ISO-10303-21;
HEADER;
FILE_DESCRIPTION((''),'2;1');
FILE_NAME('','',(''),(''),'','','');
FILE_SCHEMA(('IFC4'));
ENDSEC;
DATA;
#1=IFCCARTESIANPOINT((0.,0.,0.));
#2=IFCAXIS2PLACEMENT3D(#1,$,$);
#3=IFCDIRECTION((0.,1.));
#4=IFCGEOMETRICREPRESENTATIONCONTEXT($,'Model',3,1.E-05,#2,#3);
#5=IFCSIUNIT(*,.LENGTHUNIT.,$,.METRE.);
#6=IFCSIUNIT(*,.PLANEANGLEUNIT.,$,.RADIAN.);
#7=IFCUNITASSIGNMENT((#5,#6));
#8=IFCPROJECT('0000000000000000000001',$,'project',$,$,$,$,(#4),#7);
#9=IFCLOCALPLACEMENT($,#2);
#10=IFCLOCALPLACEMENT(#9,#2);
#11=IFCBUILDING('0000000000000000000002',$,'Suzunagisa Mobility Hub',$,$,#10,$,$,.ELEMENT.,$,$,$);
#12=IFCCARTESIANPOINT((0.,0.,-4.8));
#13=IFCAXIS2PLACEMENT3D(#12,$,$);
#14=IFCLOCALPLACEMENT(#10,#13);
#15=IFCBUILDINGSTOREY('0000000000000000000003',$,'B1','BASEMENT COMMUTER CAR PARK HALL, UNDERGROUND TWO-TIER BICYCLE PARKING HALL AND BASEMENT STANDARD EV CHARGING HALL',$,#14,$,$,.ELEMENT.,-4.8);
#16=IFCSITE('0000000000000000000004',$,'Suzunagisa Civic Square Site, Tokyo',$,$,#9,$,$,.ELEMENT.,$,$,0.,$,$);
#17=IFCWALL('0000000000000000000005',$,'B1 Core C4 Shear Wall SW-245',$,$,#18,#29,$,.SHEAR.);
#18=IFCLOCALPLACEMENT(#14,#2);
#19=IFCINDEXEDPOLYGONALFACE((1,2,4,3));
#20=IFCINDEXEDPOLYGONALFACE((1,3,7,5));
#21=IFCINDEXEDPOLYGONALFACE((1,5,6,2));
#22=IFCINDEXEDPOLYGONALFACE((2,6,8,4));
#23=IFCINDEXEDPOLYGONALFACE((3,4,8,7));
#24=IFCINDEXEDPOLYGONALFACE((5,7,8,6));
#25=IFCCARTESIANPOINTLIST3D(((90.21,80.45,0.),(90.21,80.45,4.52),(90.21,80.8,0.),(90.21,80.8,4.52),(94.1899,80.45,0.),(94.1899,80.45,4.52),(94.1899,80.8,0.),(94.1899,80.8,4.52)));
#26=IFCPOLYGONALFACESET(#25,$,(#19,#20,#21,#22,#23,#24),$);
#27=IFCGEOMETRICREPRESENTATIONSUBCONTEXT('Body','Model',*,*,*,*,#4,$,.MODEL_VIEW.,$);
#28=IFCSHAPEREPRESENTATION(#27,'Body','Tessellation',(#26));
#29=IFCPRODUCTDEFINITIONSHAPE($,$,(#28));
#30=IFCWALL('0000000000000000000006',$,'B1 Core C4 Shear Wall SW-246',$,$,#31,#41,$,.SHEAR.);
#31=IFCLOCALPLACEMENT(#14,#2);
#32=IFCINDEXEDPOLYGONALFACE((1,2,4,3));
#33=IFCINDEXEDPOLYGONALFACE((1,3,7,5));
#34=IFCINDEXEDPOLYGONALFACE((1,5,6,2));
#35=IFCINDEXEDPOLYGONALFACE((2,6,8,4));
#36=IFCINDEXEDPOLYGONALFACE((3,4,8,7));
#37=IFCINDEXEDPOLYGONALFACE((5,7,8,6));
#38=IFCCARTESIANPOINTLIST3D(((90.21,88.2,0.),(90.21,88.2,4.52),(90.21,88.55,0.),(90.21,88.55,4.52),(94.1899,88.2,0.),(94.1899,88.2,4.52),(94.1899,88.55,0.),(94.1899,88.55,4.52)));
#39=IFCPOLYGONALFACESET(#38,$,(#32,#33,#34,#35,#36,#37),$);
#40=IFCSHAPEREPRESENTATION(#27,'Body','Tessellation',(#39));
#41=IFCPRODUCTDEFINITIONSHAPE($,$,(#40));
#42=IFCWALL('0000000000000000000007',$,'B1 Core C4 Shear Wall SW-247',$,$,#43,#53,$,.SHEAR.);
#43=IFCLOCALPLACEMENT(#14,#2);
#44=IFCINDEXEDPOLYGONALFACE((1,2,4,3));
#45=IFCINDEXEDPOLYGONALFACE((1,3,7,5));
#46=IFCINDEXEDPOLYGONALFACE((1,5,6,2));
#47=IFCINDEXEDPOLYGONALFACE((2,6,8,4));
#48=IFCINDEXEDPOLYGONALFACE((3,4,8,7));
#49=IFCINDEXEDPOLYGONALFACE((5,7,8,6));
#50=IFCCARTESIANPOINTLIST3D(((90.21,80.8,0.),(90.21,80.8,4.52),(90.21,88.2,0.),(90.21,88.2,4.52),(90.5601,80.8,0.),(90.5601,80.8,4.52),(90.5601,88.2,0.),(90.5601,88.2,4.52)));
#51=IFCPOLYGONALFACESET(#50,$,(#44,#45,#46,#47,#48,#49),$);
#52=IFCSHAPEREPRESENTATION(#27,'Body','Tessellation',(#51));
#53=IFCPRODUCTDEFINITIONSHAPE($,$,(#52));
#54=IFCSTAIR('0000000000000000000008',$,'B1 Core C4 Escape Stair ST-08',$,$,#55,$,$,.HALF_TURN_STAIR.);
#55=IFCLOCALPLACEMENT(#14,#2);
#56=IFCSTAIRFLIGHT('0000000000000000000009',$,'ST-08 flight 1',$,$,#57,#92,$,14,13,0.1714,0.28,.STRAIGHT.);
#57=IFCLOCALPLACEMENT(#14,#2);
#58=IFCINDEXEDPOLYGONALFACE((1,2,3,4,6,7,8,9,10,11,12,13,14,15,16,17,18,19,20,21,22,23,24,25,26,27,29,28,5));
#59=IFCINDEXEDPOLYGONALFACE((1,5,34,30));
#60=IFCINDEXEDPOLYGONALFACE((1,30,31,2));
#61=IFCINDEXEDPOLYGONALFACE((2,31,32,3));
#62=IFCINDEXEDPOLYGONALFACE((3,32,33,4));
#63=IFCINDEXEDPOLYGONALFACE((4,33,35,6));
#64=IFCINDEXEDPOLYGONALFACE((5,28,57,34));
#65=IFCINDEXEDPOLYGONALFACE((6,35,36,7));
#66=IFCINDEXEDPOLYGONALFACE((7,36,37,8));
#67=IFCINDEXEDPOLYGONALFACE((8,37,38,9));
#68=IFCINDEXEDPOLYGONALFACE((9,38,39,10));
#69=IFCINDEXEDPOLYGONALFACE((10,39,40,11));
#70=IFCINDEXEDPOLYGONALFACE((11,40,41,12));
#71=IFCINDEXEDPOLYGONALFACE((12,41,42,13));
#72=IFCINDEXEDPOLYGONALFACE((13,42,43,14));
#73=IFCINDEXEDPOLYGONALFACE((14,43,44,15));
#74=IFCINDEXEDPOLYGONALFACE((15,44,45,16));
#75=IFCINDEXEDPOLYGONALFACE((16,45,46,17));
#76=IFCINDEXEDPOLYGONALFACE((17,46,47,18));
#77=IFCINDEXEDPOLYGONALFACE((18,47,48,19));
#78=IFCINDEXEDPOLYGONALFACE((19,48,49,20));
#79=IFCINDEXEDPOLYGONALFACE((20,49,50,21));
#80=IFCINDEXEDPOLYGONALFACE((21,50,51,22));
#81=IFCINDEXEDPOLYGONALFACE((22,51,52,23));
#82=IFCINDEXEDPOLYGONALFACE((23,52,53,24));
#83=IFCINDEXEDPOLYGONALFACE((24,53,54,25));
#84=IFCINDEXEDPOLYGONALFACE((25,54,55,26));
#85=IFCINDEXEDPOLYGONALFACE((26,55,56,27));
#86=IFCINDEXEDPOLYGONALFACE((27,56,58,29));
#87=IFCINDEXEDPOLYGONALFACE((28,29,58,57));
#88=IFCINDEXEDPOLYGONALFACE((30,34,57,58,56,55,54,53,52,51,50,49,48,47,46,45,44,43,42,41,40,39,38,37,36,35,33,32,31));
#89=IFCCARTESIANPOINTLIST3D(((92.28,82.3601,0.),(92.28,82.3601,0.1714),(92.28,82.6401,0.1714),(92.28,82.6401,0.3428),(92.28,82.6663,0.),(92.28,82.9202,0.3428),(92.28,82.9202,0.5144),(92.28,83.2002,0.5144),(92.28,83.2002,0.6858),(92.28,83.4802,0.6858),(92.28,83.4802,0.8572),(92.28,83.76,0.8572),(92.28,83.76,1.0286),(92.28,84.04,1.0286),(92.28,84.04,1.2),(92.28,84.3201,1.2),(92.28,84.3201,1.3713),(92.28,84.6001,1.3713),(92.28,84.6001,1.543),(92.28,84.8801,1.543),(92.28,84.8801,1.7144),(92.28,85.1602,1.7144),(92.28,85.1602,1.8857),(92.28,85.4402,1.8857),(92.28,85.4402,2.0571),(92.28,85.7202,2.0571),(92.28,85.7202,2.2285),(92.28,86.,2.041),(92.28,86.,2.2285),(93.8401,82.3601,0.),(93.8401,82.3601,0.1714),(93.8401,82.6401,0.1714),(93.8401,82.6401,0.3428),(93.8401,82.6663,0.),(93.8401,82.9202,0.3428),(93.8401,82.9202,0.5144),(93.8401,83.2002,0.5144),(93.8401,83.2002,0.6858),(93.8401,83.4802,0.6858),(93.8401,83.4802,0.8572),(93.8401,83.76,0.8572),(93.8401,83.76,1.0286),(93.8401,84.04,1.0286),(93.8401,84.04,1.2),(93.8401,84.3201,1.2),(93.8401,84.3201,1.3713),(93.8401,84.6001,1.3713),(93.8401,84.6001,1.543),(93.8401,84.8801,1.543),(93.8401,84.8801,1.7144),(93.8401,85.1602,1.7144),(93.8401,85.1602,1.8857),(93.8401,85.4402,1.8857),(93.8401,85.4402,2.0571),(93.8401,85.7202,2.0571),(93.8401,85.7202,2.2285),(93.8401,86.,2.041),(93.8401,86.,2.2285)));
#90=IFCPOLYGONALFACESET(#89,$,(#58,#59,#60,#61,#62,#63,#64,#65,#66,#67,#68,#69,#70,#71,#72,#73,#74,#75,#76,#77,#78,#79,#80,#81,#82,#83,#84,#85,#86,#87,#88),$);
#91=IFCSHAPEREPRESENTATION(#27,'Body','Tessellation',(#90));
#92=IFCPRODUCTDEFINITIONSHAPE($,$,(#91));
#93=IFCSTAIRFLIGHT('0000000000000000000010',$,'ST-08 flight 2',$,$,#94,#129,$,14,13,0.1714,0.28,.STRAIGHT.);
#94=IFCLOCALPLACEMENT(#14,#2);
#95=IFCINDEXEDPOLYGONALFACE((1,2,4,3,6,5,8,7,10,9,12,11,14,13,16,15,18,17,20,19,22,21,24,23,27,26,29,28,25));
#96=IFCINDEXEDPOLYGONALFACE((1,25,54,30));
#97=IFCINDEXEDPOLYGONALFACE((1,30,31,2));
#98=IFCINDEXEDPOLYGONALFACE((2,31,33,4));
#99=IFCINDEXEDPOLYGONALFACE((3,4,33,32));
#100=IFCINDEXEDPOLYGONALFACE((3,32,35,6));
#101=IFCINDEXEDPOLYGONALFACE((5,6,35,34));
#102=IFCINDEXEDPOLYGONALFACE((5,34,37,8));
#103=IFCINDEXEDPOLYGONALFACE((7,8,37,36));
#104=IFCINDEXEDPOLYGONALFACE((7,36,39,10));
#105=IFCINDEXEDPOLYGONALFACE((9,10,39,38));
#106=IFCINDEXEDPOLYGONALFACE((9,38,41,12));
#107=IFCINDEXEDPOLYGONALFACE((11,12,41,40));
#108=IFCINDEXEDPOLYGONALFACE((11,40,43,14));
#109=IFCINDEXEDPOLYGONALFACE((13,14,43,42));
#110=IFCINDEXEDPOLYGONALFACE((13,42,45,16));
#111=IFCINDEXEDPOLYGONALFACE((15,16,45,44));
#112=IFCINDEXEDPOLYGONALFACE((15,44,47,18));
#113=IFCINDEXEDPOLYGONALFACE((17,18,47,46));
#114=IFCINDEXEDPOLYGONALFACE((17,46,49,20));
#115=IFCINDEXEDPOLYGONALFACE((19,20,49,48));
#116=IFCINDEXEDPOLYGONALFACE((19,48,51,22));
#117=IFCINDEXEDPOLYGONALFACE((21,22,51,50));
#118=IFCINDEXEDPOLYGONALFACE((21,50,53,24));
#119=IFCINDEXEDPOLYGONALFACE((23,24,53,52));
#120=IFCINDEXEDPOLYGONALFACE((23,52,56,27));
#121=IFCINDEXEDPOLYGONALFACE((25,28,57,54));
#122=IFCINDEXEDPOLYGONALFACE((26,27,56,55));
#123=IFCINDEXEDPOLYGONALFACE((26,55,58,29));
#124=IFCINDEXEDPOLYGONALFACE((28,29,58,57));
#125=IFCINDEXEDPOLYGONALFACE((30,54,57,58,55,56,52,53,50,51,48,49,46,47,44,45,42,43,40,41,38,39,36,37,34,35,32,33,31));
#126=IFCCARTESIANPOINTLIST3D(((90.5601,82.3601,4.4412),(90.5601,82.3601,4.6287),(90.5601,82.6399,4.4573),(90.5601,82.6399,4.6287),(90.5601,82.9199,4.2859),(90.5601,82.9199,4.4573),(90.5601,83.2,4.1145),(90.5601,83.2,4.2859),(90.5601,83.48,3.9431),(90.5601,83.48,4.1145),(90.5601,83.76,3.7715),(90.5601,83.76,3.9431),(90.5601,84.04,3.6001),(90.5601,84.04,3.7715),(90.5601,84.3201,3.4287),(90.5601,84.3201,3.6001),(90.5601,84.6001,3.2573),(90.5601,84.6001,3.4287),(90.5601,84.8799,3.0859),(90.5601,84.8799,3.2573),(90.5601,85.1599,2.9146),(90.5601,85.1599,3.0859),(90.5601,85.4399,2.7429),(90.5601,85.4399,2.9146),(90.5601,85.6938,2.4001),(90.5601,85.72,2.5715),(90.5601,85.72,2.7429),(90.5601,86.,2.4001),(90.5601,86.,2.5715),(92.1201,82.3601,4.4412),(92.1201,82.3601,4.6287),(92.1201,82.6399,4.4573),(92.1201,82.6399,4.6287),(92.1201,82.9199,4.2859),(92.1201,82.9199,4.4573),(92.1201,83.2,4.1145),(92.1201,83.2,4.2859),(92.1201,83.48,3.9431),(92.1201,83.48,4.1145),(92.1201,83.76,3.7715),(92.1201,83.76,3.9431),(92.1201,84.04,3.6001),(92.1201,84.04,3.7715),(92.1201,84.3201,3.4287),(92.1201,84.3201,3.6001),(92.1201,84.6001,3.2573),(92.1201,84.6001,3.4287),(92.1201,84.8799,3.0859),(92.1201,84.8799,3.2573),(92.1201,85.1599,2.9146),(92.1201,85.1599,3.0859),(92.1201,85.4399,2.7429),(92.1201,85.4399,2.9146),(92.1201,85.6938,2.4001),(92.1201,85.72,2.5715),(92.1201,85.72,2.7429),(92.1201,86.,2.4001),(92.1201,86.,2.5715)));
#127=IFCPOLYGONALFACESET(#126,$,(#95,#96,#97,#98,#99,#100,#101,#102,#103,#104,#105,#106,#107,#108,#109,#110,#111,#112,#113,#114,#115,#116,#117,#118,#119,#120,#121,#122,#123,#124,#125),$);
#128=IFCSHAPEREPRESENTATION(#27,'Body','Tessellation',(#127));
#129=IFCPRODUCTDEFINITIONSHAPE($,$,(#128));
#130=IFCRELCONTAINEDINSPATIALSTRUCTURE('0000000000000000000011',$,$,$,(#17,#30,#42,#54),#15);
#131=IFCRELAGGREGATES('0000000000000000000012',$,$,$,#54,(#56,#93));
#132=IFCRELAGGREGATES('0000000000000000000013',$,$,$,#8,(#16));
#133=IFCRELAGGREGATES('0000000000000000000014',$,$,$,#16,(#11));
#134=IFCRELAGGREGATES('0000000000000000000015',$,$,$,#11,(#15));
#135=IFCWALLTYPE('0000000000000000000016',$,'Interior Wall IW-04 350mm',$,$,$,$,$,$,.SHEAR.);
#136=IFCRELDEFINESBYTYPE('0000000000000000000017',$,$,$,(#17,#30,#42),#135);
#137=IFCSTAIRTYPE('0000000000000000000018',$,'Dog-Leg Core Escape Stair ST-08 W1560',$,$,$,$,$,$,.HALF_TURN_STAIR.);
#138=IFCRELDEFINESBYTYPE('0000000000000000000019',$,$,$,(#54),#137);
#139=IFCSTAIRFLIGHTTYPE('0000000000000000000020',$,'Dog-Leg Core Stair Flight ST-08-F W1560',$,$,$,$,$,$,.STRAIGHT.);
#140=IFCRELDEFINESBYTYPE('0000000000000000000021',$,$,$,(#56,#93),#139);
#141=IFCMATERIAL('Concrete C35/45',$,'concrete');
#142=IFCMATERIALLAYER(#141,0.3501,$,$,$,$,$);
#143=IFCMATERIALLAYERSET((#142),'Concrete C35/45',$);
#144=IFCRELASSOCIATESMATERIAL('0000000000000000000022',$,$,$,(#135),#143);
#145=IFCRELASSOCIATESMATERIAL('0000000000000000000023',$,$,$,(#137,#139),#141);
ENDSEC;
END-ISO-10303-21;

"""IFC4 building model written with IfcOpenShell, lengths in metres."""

from ifc_helpers import new_model, si_unit, direction, frame, frame_2d, origin, place, context, subcontext, project, spatial, polyline, rectangle, outline, extrude, material, layer, layer_set, type_object, element, aggregate, save


model = new_model("IFC4")

# Units and contexts
model_context = context("Model", 3, precision=1e-05, world=origin(), true_north=direction((0.0, 1.0)))
body_context = subcontext(model_context, "Body", "Model", "MODEL_VIEW")
ifc_project = project(units=[si_unit("LENGTHUNIT", "METRE"), si_unit("PLANEANGLEUNIT", "RADIAN")], contexts=[model_context])

# Site, building, storey
site_placement = place(None, origin())
site = spatial("IfcSite", under=ifc_project, at=site_placement, Name="Suzunagisa Civic Square Site, Tokyo", CompositionType="ELEMENT", RefElevation=0.0)
building_placement = place(site_placement, origin())
building = spatial("IfcBuilding", under=site, at=building_placement, Name="Suzunagisa Mobility Hub", CompositionType="ELEMENT")
storey_placement = place(building_placement, frame((0.0, 0.0, -4.8)))
storey = spatial("IfcBuildingStorey", under=building, at=storey_placement, Name="B1", Description="BASEMENT COMMUTER CAR PARK HALL, UNDERGROUND TWO-TIER BICYCLE PARKING HALL AND BASEMENT STANDARD EV CHARGING HALL", CompositionType="ELEMENT", Elevation=-4.8)

# Walls
ifc_material_1 = material(Name="Concrete C35/45", Category="concrete")
ifc_layer_1 = layer(ifc_material_1, 0.3501)
ifc_layer_set_1 = layer_set([ifc_layer_1], Name="Concrete C35/45")
wall_type_1 = type_object("IfcWallType", Name="Interior Wall IW-04 350mm", PredefinedType="SHEAR", material=ifc_layer_set_1)
for number, where, z_axis, x_axis, name in (
    (1, (90.21, 80.625, 0.0), (0.0, 0.0, 1.0), (1.0, 0.0, 0.0), "B1 Core C4 Shear Wall SW-245"),
    (2, (90.21, 88.375, 0.0), (0.0, 0.0, 1.0), (1.0, 0.0, 0.0), "B1 Core C4 Shear Wall SW-246"),
):
    element("IfcWall", number, at=place(storey_placement, frame(where, z_axis=z_axis, x_axis=x_axis)), inside=storey, type_object=wall_type_1, Name=name, PredefinedType="SHEAR", context=body_context, shape_type="SweptSolid", body=[
        extrude(rectangle(XDim=3.98, YDim=0.3501, at=frame_2d((1.99, 0.0))), origin(), (0.0, 0.0, 1.0), 4.52),
    ])
wall_1_placement = place(storey_placement, frame((90.385, 80.8, 0.0), z_axis=(0.0, 0.0, 1.0), x_axis=(0.0, 1.0, 0.0)))
element("IfcWall", 3, at=wall_1_placement, inside=storey, type_object=wall_type_1, Name="B1 Core C4 Shear Wall SW-247", PredefinedType="SHEAR", context=body_context, shape_type="SweptSolid", body=[
    extrude(rectangle(XDim=7.3999, YDim=0.3501, at=frame_2d((3.7, 0.0))), origin(), (0.0, 0.0, 1.0), 4.52),
])

# Stair, stair flights
stair_type = type_object("IfcStairType", Name="Dog-Leg Core Escape Stair ST-08 W1560", PredefinedType="HALF_TURN_STAIR", material=ifc_material_1)
stair_placement = place(storey_placement, origin())
stair = element("IfcStair", 4, at=stair_placement, inside=storey, type_object=stair_type, Name="B1 Core C4 Escape Stair ST-08", PredefinedType="HALF_TURN_STAIR")
stair_flight_type = type_object("IfcStairFlightType", Name="Dog-Leg Core Stair Flight ST-08-F W1560", PredefinedType="STRAIGHT", material=ifc_material_1)
stair_flight_1_placement = place(storey_placement, frame((93.0601, 82.3601, 0.0), z_axis=(0.0, 0.0, 1.0), x_axis=(0.0, 1.0, 0.0)))
stair_flight_1 = element("IfcStairFlight", 5, at=stair_flight_1_placement, type_object=stair_flight_type, Name="ST-08 flight 1", NumberOfRisers=14, NumberOfTreads=13, PredefinedType="STRAIGHT", RiserHeight=0.1714, TreadLength=0.28, context=body_context, shape_type="SweptSolid", body=[
    extrude(outline(polyline([(0.0, 0.0), (0.0, 0.1714), (0.28, 0.1714), (0.28, 0.3428), (0.5601, 0.3428), (0.5601, 0.5144), (0.8401, 0.5144), (0.8401, 0.6858), (1.1201, 0.6858), (1.1201, 0.8572), (1.3999, 0.8572), (1.3999, 1.0286), (1.6799, 1.0286), (1.6799, 1.2), (1.96, 1.2), (1.96, 1.3713), (2.24, 1.3713), (2.24, 1.543), (2.52, 1.543), (2.52, 1.7144), (2.8, 1.7144), (2.8, 1.8857), (3.0801, 1.8857), (3.0801, 2.0571), (3.3601, 2.0571), (3.3601, 2.2285), (3.6399, 2.2285), (3.6399, 2.3999), (3.6399, 2.041), (0.3062, 0.0), (0.0, 0.0)])), frame((0.0, 0.78, 0.0), z_axis=(0.0, -1.0, 0.0), x_axis=(1.0, 0.0, 0.0)), (0.0, 0.0, 1.0), 1.5601),
])
stair_flight_2_placement = place(storey_placement, frame((91.3401, 86.0, 2.4001), z_axis=(0.0, 0.0, 1.0), x_axis=(0.0, -1.0, 0.0)))
stair_flight_2 = element("IfcStairFlight", 6, at=stair_flight_2_placement, type_object=stair_flight_type, Name="ST-08 flight 2", NumberOfRisers=14, NumberOfTreads=13, PredefinedType="STRAIGHT", RiserHeight=0.1714, TreadLength=0.28, context=body_context, shape_type="SweptSolid", body=[
    extrude(outline(polyline([(0.0, 0.0), (0.0, 0.1714), (0.28, 0.1714), (0.28, 0.3428), (0.5601, 0.3428), (0.5601, 0.5144), (0.8401, 0.5144), (0.8401, 0.6858), (1.1201, 0.6858), (1.1201, 0.8572), (1.3999, 0.8572), (1.3999, 1.0286), (1.6799, 1.0286), (1.6799, 1.2), (1.96, 1.2), (1.96, 1.3713), (2.24, 1.3713), (2.24, 1.543), (2.52, 1.543), (2.52, 1.7144), (2.8, 1.7144), (2.8, 1.8857), (3.0801, 1.8857), (3.0801, 2.0571), (3.3601, 2.0571), (3.3601, 2.2285), (3.6399, 2.2285), (3.6399, 2.3999), (3.6399, 2.041), (0.3062, 0.0), (0.0, 0.0)])), frame((0.0, 0.78, 0.0), z_axis=(0.0, -1.0, 0.0), x_axis=(1.0, 0.0, 0.0)), (0.0, 0.0, 1.0), 1.5601),
])
aggregate(stair, [stair_flight_1, stair_flight_2])

save(model, "model.ifc")
